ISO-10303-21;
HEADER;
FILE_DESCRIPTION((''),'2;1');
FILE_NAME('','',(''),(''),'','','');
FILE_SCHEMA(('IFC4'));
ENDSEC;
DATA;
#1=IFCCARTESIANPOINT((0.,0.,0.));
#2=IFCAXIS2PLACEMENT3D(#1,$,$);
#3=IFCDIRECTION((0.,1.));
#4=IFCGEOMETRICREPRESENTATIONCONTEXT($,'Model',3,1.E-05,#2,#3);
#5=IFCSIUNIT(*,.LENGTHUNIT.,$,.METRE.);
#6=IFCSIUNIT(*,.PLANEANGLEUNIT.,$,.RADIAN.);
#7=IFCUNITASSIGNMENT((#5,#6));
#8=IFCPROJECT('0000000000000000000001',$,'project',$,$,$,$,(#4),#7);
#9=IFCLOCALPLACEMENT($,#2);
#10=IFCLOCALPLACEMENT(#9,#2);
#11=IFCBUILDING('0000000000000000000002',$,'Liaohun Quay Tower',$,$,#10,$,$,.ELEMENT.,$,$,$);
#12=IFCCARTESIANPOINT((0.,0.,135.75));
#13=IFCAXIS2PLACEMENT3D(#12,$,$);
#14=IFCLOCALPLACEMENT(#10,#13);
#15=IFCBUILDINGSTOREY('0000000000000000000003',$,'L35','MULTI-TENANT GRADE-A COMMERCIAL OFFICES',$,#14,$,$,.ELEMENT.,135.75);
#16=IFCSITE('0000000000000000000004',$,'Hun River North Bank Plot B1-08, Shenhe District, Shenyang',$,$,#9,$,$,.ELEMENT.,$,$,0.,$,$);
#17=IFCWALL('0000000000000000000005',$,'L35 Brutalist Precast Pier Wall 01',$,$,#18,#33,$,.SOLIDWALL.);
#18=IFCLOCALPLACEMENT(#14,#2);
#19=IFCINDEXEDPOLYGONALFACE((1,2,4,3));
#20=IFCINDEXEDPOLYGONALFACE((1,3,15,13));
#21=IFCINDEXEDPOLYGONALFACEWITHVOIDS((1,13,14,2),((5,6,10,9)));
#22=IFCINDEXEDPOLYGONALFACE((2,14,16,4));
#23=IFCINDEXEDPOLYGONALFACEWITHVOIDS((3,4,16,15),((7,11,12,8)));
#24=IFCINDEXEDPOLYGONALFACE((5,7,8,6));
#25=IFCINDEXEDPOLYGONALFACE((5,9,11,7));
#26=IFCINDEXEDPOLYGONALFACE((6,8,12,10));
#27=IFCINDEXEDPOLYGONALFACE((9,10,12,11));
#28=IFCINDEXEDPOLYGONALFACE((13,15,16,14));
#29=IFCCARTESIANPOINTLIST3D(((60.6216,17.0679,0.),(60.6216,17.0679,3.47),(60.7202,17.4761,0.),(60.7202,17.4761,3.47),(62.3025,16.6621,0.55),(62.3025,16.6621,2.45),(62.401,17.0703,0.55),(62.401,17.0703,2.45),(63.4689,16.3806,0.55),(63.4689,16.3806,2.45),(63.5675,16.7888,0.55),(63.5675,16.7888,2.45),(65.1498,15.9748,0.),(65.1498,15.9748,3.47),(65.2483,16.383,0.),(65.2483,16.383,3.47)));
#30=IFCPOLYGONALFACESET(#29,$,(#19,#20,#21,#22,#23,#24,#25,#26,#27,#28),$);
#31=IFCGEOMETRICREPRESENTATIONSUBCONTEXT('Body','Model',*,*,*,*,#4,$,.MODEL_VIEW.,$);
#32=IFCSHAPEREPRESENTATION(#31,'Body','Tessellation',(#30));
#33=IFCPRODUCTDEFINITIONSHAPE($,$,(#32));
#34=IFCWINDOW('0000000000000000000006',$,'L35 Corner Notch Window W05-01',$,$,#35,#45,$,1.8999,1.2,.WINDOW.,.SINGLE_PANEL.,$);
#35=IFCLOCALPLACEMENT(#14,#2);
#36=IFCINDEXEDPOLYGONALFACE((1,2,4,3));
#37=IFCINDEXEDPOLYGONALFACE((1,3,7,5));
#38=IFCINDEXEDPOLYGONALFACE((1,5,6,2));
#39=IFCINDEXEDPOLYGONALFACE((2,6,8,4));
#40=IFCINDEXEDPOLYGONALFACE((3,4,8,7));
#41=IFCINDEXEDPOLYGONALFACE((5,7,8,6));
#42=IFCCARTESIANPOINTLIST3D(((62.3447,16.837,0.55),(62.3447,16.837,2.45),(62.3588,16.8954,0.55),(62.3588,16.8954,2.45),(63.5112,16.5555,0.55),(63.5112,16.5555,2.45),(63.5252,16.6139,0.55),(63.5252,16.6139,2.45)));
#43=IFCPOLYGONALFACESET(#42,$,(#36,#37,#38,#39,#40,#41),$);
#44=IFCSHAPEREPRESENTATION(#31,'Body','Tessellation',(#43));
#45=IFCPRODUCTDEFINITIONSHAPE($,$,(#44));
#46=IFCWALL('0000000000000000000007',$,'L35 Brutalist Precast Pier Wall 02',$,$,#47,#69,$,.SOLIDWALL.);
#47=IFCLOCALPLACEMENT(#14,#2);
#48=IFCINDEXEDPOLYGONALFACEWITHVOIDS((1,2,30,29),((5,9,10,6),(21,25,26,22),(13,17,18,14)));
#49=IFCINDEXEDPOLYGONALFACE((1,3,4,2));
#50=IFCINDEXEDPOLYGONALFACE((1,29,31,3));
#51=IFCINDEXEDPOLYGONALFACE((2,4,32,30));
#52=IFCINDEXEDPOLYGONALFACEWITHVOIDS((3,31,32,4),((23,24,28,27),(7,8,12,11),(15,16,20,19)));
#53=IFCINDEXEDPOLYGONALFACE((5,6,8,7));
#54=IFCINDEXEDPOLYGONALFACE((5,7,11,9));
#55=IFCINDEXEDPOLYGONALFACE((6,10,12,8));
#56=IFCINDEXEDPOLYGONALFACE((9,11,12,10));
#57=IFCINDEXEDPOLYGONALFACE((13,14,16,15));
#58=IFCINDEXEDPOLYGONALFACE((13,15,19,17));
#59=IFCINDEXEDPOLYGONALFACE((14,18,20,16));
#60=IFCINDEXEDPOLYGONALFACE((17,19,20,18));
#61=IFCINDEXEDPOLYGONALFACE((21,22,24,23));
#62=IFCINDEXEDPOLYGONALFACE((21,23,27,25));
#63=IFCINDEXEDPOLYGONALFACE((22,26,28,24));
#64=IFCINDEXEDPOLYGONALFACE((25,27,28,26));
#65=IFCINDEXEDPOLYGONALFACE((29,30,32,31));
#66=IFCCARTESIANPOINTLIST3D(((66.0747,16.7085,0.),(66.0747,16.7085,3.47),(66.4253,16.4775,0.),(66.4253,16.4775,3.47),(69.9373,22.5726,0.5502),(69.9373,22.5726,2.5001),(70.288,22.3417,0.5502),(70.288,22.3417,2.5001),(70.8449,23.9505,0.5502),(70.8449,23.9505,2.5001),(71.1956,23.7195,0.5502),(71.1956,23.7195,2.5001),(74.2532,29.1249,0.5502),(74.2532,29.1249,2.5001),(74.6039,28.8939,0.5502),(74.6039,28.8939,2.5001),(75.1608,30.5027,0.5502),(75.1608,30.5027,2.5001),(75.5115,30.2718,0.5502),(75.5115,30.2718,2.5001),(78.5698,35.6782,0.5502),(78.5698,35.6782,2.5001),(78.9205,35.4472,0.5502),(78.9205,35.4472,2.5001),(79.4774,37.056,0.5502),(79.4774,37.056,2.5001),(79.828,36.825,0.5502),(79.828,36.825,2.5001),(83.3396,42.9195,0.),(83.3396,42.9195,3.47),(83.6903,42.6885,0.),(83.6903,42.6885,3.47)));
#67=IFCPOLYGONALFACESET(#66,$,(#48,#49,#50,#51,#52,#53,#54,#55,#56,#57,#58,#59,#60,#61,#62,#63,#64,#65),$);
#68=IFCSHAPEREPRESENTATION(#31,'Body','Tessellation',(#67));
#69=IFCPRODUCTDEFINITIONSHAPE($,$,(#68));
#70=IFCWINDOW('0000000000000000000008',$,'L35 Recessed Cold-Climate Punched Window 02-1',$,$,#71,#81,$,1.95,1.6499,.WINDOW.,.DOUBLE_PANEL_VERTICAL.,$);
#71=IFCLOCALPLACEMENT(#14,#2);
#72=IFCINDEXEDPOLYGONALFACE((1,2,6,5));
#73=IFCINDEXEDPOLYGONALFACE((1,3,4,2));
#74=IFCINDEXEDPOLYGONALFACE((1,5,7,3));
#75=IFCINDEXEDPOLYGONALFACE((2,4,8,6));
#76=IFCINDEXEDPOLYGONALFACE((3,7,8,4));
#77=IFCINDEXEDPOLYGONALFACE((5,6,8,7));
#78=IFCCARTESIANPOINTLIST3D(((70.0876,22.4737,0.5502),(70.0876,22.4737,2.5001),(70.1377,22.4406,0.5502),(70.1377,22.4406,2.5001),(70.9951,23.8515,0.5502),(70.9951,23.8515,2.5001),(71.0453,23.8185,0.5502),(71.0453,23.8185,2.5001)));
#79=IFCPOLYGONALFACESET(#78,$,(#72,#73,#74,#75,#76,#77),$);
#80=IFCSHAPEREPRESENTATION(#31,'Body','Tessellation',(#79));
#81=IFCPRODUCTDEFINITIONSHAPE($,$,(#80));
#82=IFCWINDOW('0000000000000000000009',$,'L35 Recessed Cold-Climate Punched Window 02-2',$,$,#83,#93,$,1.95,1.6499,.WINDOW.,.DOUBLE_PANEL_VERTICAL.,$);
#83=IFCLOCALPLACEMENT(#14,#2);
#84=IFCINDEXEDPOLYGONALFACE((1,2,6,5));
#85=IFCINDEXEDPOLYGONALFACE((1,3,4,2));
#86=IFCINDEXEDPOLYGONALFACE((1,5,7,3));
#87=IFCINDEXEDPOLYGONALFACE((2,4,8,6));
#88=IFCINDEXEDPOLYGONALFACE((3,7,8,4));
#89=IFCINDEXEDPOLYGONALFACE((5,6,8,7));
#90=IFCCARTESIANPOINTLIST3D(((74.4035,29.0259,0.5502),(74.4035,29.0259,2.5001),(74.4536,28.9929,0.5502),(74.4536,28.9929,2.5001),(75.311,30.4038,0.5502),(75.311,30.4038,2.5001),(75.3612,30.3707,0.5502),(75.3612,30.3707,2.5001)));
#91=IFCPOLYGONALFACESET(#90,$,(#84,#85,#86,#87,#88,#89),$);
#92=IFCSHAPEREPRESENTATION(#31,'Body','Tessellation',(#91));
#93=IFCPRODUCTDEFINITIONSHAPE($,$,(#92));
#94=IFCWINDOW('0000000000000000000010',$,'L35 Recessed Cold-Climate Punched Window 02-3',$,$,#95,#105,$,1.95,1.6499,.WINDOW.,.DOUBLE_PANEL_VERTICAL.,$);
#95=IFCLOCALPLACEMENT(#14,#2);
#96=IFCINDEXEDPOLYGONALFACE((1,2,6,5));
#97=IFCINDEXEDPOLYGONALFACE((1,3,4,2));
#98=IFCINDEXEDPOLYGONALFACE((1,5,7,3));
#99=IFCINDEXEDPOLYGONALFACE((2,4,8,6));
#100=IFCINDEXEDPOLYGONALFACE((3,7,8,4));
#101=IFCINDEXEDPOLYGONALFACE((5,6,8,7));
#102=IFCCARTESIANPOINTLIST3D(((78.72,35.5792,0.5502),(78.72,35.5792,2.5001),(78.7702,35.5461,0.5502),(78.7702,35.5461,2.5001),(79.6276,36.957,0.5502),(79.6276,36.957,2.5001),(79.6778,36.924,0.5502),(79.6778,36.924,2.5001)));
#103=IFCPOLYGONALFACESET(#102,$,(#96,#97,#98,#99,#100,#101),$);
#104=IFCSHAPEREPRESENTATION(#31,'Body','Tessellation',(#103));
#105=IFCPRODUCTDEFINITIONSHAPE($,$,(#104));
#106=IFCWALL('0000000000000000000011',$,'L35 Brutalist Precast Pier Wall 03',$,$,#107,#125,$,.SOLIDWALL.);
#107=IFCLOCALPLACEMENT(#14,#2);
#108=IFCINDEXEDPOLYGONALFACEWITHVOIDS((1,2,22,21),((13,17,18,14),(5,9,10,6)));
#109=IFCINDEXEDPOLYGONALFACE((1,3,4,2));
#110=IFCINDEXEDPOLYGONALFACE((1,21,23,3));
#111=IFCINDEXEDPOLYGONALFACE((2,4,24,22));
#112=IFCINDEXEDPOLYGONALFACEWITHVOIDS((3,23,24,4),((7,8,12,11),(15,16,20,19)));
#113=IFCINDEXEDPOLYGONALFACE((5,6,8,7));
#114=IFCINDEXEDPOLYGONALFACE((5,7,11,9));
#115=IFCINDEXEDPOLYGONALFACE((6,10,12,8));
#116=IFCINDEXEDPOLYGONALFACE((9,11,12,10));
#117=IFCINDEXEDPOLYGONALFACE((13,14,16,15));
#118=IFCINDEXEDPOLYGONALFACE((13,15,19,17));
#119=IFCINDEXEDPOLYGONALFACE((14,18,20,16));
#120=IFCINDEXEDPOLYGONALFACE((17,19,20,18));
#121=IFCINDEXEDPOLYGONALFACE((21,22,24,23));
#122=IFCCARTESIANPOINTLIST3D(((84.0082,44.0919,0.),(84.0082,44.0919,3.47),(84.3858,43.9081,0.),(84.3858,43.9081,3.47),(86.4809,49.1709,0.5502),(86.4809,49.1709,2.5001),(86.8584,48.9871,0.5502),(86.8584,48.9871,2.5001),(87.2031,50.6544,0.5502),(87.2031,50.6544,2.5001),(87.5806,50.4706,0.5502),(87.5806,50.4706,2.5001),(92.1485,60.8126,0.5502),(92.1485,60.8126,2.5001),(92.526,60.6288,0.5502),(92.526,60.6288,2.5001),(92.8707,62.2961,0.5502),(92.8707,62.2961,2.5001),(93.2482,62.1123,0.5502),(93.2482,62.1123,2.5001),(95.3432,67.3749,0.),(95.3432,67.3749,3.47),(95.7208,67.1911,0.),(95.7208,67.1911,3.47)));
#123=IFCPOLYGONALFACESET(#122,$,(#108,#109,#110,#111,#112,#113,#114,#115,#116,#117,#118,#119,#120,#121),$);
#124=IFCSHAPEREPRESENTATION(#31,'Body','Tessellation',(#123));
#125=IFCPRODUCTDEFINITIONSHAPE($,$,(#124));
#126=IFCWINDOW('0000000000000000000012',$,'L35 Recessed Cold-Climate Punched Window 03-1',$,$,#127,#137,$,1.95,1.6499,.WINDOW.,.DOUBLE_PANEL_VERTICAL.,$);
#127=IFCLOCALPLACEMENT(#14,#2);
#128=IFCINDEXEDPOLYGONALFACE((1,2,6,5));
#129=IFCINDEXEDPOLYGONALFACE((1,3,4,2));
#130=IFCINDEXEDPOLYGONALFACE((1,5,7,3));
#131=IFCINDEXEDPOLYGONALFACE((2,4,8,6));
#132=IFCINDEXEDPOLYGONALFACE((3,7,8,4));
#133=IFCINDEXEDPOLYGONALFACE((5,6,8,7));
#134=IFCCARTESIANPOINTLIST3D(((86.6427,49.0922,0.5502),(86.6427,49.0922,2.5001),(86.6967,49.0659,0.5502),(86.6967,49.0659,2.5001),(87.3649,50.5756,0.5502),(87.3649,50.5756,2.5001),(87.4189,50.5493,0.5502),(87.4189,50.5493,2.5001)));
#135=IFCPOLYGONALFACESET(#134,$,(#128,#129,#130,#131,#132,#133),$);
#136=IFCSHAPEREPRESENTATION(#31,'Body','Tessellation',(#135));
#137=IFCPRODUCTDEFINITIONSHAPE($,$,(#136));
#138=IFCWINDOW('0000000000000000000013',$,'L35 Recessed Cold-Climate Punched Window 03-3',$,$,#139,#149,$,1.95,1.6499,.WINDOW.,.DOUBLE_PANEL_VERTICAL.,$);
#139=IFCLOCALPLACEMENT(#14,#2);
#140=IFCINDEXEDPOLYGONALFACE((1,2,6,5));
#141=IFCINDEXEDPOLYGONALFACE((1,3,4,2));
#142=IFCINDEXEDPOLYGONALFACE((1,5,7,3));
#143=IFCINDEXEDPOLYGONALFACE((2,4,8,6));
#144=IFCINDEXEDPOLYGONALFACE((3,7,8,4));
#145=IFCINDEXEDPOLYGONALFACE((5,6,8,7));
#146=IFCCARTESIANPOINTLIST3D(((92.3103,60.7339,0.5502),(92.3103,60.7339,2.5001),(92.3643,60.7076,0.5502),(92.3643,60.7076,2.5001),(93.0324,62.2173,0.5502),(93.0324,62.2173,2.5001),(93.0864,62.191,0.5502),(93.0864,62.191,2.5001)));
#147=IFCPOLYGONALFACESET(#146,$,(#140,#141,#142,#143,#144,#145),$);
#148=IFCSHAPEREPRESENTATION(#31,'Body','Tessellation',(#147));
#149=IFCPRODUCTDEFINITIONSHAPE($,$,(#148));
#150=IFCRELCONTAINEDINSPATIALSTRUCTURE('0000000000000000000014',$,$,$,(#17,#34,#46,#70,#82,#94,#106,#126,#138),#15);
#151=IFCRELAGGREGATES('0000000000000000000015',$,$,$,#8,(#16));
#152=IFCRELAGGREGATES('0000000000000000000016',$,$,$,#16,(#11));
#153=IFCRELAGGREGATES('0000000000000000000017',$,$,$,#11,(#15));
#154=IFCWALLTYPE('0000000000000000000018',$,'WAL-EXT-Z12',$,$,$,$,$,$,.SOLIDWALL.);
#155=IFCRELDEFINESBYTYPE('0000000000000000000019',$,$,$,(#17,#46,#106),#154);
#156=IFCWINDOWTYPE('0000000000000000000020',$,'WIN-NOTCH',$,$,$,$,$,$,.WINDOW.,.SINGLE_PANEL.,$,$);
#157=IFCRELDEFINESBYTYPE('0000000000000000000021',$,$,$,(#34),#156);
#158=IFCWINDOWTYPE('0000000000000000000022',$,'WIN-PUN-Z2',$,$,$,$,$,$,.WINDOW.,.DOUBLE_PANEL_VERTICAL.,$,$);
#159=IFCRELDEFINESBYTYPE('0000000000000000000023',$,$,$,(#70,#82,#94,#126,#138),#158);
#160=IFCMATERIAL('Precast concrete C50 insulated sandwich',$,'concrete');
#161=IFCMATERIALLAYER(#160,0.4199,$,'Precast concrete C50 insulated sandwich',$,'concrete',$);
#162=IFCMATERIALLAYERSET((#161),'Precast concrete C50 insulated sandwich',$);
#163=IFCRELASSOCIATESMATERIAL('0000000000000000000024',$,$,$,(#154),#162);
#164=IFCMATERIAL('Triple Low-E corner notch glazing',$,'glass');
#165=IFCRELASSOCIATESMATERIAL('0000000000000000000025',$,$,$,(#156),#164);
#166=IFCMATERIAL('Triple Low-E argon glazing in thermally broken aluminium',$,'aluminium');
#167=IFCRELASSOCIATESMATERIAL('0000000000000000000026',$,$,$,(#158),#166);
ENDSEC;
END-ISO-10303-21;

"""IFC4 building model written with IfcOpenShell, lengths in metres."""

from ifc_helpers import new_model, si_unit, direction, frame, frame_2d, origin, place, context, subcontext, project, spatial, rectangle, extrude, source, transform, mapped, material, layer, layer_set, type_object, element, fill, save


model = new_model("IFC4")

# Units and contexts
model_context = context("Model", 3, precision=1e-05, world=origin(), true_north=direction((0.0, 1.0)))
body_context = subcontext(model_context, "Body", "Model", "MODEL_VIEW")
ifc_project = project(units=[si_unit("LENGTHUNIT", "METRE"), si_unit("PLANEANGLEUNIT", "RADIAN")], contexts=[model_context])

# Site, building, storey
site_placement = place(None, origin())
site = spatial("IfcSite", under=ifc_project, at=site_placement, Name="Hun River North Bank Plot B1-08, Shenhe District, Shenyang", CompositionType="ELEMENT", RefElevation=0.0)
building_placement = place(site_placement, origin())
building = spatial("IfcBuilding", under=site, at=building_placement, Name="Liaohun Quay Tower", CompositionType="ELEMENT")
storey_placement = place(building_placement, frame((0.0, 0.0, 135.75)))
storey = spatial("IfcBuildingStorey", under=building, at=storey_placement, Name="L35", Description="MULTI-TENANT GRADE-A COMMERCIAL OFFICES", CompositionType="ELEMENT", Elevation=135.75)

# Wall, opening, window
ifc_material_1 = material(Name="Precast concrete C50 insulated sandwich", Category="concrete")
ifc_layer_1 = layer(ifc_material_1, 0.4199, Name="Precast concrete C50 insulated sandwich", Category="concrete")
ifc_layer_set_1 = layer_set([ifc_layer_1], Name="Precast concrete C50 insulated sandwich")
wall_type_1 = type_object("IfcWallType", Name="WAL-EXT-Z12", PredefinedType="SOLIDWALL", material=ifc_layer_set_1)
wall_1_placement = place(storey_placement, frame((60.6709, 17.272, 0.0), z_axis=(0.0, 0.0, 1.0), x_axis=(0.972081, -0.234647, 0.0)))
wall_1 = element("IfcWall", 1, at=wall_1_placement, inside=storey, type_object=wall_type_1, Name="L35 Brutalist Precast Pier Wall 01", PredefinedType="SOLIDWALL", context=body_context, shape_type="SweptSolid", body=[
    extrude(rectangle(XDim=4.6582, YDim=0.4199, at=frame_2d((2.3291, 0.0))), origin(), (0.0, 0.0, 1.0), 3.47),
])
shared_shape_1 = source(origin(), body_context, "Body", "SweptSolid", [
    extrude(rectangle(XDim=1.2, YDim=1.8999, at=frame_2d((0.6001, 0.95))), frame((0.0, 0.22, 0.0), z_axis=(0.0, -1.0, 0.0), x_axis=(1.0, 0.0, 0.0)), (0.0, 0.0, 1.0), 0.4399),
])
opening_1_placement = place(wall_1_placement, frame((1.729, 0.0, 0.55)))
opening_1 = element("IfcOpeningElement", 2, at=opening_1_placement, cuts=wall_1, PredefinedType="OPENING", context=body_context, shape_type="MappedRepresentation", body=[
    mapped(shared_shape_1, transform((0.0, 0.0, 0.0), x_axis=(1.0, 0.0, 0.0), y_axis=(0.0, 1.0, 0.0), z_axis=(0.0, 0.0, 1.0), scale=1.0)),
])
ifc_material_2 = material(Name="Triple Low-E corner notch glazing", Category="glass")
window_type_1 = type_object("IfcWindowType", Name="WIN-NOTCH", PartitioningType="SINGLE_PANEL", PredefinedType="WINDOW", material=ifc_material_2)
shared_shape_2 = source(origin(), body_context, "Body", "SweptSolid", [
    extrude(rectangle(XDim=1.2, YDim=1.8999, at=frame_2d((0.6001, 0.95))), frame((0.0, 0.03, 0.0), z_axis=(0.0, -1.0, 0.0), x_axis=(1.0, 0.0, 0.0)), (0.0, 0.0, 1.0), 0.0601),
])
window_1_placement = place(opening_1_placement, origin())
window_1 = element("IfcWindow", 3, at=window_1_placement, inside=storey, type_object=window_type_1, Name="L35 Corner Notch Window W05-01", OverallHeight=1.8999, OverallWidth=1.2, PartitioningType="SINGLE_PANEL", PredefinedType="WINDOW", context=body_context, shape_type="MappedRepresentation", body=[
    mapped(shared_shape_2, transform((0.0, 0.0, 0.0), x_axis=(1.0, 0.0, 0.0), y_axis=(0.0, 1.0, 0.0), z_axis=(0.0, 0.0, 1.0), scale=1.0)),
])
fill(opening_1, window_1)

# Walls, openings, windows
wall_2_placement = place(storey_placement, frame((66.25, 16.593, 0.0), z_axis=(0.0, 0.0, 1.0), x_axis=(0.55008, 0.835112, 0.0)))
wall_2 = element("IfcWall", 4, at=wall_2_placement, inside=storey, type_object=wall_type_1, Name="L35 Brutalist Precast Pier Wall 02", PredefinedType="SOLIDWALL", context=body_context, shape_type="SweptSolid", body=[
    extrude(rectangle(XDim=31.3862, YDim=0.4199, at=frame_2d((15.6931, 0.0))), origin(), (0.0, 0.0, 1.0), 3.47),
])
shared_shape_3 = source(origin(), body_context, "Body", "SweptSolid", [
    extrude(rectangle(XDim=1.6499, YDim=1.95, at=frame_2d((0.825, 0.9751))), frame((0.0, 0.22, 0.0), z_axis=(0.0, -1.0, 0.0), x_axis=(1.0, 0.0, 0.0)), (0.0, 0.0, 1.0), 0.4399),
])
opening_2_placement = place(wall_2_placement, frame((7.022, 0.0, 0.55)))
opening_2 = element("IfcOpeningElement", 5, at=opening_2_placement, cuts=wall_2, PredefinedType="OPENING", context=body_context, shape_type="MappedRepresentation", body=[
    mapped(shared_shape_3, transform((0.0, 0.0, 0.0), x_axis=(1.0, 0.0, 0.0), y_axis=(0.0, 1.0, 0.0), z_axis=(0.0, 0.0, 1.0), scale=1.0)),
])
opening_3_placement = place(wall_2_placement, frame((14.8679, 0.0, 0.55)))
opening_3 = element("IfcOpeningElement", 6, at=opening_3_placement, cuts=wall_2, PredefinedType="OPENING", context=body_context, shape_type="MappedRepresentation", body=[
    mapped(shared_shape_3, transform((0.0, 0.0, 0.0), x_axis=(1.0, 0.0, 0.0), y_axis=(0.0, 1.0, 0.0), z_axis=(0.0, 0.0, 1.0), scale=1.0)),
])
opening_4_placement = place(wall_2_placement, frame((22.7151, 0.0, 0.55)))
opening_4 = element("IfcOpeningElement", 7, at=opening_4_placement, cuts=wall_2, PredefinedType="OPENING", context=body_context, shape_type="MappedRepresentation", body=[
    mapped(shared_shape_3, transform((0.0, 0.0, 0.0), x_axis=(1.0, 0.0, 0.0), y_axis=(0.0, 1.0, 0.0), z_axis=(0.0, 0.0, 1.0), scale=1.0)),
])
ifc_material_3 = material(Name="Triple Low-E argon glazing in thermally broken aluminium", Category="aluminium")
window_type_2 = type_object("IfcWindowType", Name="WIN-PUN-Z2", PartitioningType="DOUBLE_PANEL_VERTICAL", PredefinedType="WINDOW", material=ifc_material_3)
shared_shape_4 = source(origin(), body_context, "Body", "SweptSolid", [
    extrude(rectangle(XDim=1.6499, YDim=1.95, at=frame_2d((0.825, 0.9751))), frame((0.0, 0.03, 0.0), z_axis=(0.0, -1.0, 0.0), x_axis=(1.0, 0.0, 0.0)), (0.0, 0.0, 1.0), 0.0601),
])
window_2_placement = place(opening_2_placement, origin())
window_2 = element("IfcWindow", 8, at=window_2_placement, inside=storey, type_object=window_type_2, Name="L35 Recessed Cold-Climate Punched Window 02-1", OverallHeight=1.95, OverallWidth=1.6499, PartitioningType="DOUBLE_PANEL_VERTICAL", PredefinedType="WINDOW", context=body_context, shape_type="MappedRepresentation", body=[
    mapped(shared_shape_4, transform((0.0, 0.0, 0.0), x_axis=(1.0, 0.0, 0.0), y_axis=(0.0, 1.0, 0.0), z_axis=(0.0, 0.0, 1.0), scale=1.0)),
])
fill(opening_2, window_2)
window_3_placement = place(opening_3_placement, origin())
window_3 = element("IfcWindow", 9, at=window_3_placement, inside=storey, type_object=window_type_2, Name="L35 Recessed Cold-Climate Punched Window 02-2", OverallHeight=1.95, OverallWidth=1.6499, PartitioningType="DOUBLE_PANEL_VERTICAL", PredefinedType="WINDOW", context=body_context, shape_type="MappedRepresentation", body=[
    mapped(shared_shape_4, transform((0.0, 0.0, 0.0), x_axis=(1.0, 0.0, 0.0), y_axis=(0.0, 1.0, 0.0), z_axis=(0.0, 0.0, 1.0), scale=1.0)),
])
fill(opening_3, window_3)
window_4_placement = place(opening_4_placement, origin())
window_4 = element("IfcWindow", 10, at=window_4_placement, inside=storey, type_object=window_type_2, Name="L35 Recessed Cold-Climate Punched Window 02-3", OverallHeight=1.95, OverallWidth=1.6499, PartitioningType="DOUBLE_PANEL_VERTICAL", PredefinedType="WINDOW", context=body_context, shape_type="MappedRepresentation", body=[
    mapped(shared_shape_4, transform((0.0, 0.0, 0.0), x_axis=(1.0, 0.0, 0.0), y_axis=(0.0, 1.0, 0.0), z_axis=(0.0, 0.0, 1.0), scale=1.0)),
])
fill(opening_4, window_4)
wall_3_placement = place(storey_placement, frame((84.197, 44.0, 0.0), z_axis=(0.0, 0.0, 1.0), x_axis=(0.437719, 0.899112, 0.0)))
wall_3 = element("IfcWall", 11, at=wall_3_placement, inside=storey, type_object=wall_type_1, Name="L35 Brutalist Precast Pier Wall 03", PredefinedType="SOLIDWALL", context=body_context, shape_type="SweptSolid", body=[
    extrude(rectangle(XDim=25.8955, YDim=0.4199, at=frame_2d((12.9478, 0.0))), origin(), (0.0, 0.0, 1.0), 3.47),
])
opening_5_placement = place(wall_3_placement, frame((5.6489, 0.0, 0.55)))
opening_5 = element("IfcOpeningElement", 12, at=opening_5_placement, cuts=wall_3, PredefinedType="OPENING", context=body_context, shape_type="MappedRepresentation", body=[
    mapped(shared_shape_3, transform((0.0, 0.0, 0.0), x_axis=(1.0, 0.0, 0.0), y_axis=(0.0, 1.0, 0.0), z_axis=(0.0, 0.0, 1.0), scale=1.0)),
])
opening_6_placement = place(wall_3_placement, frame((18.5969, 0.0, 0.55)))
opening_6 = element("IfcOpeningElement", 13, at=opening_6_placement, cuts=wall_3, PredefinedType="OPENING", context=body_context, shape_type="MappedRepresentation", body=[
    mapped(shared_shape_3, transform((0.0, 0.0, 0.0), x_axis=(1.0, 0.0, 0.0), y_axis=(0.0, 1.0, 0.0), z_axis=(0.0, 0.0, 1.0), scale=1.0)),
])
window_5_placement = place(opening_5_placement, origin())
window_5 = element("IfcWindow", 14, at=window_5_placement, inside=storey, type_object=window_type_2, Name="L35 Recessed Cold-Climate Punched Window 03-1", OverallHeight=1.95, OverallWidth=1.6499, PartitioningType="DOUBLE_PANEL_VERTICAL", PredefinedType="WINDOW", context=body_context, shape_type="MappedRepresentation", body=[
    mapped(shared_shape_4, transform((0.0, 0.0, 0.0), x_axis=(1.0, 0.0, 0.0), y_axis=(0.0, 1.0, 0.0), z_axis=(0.0, 0.0, 1.0), scale=1.0)),
])
fill(opening_5, window_5)
window_6_placement = place(opening_6_placement, origin())
window_6 = element("IfcWindow", 15, at=window_6_placement, inside=storey, type_object=window_type_2, Name="L35 Recessed Cold-Climate Punched Window 03-3", OverallHeight=1.95, OverallWidth=1.6499, PartitioningType="DOUBLE_PANEL_VERTICAL", PredefinedType="WINDOW", context=body_context, shape_type="MappedRepresentation", body=[
    mapped(shared_shape_4, transform((0.0, 0.0, 0.0), x_axis=(1.0, 0.0, 0.0), y_axis=(0.0, 1.0, 0.0), z_axis=(0.0, 0.0, 1.0), scale=1.0)),
])
fill(opening_6, window_6)

save(model, "model.ifc")
